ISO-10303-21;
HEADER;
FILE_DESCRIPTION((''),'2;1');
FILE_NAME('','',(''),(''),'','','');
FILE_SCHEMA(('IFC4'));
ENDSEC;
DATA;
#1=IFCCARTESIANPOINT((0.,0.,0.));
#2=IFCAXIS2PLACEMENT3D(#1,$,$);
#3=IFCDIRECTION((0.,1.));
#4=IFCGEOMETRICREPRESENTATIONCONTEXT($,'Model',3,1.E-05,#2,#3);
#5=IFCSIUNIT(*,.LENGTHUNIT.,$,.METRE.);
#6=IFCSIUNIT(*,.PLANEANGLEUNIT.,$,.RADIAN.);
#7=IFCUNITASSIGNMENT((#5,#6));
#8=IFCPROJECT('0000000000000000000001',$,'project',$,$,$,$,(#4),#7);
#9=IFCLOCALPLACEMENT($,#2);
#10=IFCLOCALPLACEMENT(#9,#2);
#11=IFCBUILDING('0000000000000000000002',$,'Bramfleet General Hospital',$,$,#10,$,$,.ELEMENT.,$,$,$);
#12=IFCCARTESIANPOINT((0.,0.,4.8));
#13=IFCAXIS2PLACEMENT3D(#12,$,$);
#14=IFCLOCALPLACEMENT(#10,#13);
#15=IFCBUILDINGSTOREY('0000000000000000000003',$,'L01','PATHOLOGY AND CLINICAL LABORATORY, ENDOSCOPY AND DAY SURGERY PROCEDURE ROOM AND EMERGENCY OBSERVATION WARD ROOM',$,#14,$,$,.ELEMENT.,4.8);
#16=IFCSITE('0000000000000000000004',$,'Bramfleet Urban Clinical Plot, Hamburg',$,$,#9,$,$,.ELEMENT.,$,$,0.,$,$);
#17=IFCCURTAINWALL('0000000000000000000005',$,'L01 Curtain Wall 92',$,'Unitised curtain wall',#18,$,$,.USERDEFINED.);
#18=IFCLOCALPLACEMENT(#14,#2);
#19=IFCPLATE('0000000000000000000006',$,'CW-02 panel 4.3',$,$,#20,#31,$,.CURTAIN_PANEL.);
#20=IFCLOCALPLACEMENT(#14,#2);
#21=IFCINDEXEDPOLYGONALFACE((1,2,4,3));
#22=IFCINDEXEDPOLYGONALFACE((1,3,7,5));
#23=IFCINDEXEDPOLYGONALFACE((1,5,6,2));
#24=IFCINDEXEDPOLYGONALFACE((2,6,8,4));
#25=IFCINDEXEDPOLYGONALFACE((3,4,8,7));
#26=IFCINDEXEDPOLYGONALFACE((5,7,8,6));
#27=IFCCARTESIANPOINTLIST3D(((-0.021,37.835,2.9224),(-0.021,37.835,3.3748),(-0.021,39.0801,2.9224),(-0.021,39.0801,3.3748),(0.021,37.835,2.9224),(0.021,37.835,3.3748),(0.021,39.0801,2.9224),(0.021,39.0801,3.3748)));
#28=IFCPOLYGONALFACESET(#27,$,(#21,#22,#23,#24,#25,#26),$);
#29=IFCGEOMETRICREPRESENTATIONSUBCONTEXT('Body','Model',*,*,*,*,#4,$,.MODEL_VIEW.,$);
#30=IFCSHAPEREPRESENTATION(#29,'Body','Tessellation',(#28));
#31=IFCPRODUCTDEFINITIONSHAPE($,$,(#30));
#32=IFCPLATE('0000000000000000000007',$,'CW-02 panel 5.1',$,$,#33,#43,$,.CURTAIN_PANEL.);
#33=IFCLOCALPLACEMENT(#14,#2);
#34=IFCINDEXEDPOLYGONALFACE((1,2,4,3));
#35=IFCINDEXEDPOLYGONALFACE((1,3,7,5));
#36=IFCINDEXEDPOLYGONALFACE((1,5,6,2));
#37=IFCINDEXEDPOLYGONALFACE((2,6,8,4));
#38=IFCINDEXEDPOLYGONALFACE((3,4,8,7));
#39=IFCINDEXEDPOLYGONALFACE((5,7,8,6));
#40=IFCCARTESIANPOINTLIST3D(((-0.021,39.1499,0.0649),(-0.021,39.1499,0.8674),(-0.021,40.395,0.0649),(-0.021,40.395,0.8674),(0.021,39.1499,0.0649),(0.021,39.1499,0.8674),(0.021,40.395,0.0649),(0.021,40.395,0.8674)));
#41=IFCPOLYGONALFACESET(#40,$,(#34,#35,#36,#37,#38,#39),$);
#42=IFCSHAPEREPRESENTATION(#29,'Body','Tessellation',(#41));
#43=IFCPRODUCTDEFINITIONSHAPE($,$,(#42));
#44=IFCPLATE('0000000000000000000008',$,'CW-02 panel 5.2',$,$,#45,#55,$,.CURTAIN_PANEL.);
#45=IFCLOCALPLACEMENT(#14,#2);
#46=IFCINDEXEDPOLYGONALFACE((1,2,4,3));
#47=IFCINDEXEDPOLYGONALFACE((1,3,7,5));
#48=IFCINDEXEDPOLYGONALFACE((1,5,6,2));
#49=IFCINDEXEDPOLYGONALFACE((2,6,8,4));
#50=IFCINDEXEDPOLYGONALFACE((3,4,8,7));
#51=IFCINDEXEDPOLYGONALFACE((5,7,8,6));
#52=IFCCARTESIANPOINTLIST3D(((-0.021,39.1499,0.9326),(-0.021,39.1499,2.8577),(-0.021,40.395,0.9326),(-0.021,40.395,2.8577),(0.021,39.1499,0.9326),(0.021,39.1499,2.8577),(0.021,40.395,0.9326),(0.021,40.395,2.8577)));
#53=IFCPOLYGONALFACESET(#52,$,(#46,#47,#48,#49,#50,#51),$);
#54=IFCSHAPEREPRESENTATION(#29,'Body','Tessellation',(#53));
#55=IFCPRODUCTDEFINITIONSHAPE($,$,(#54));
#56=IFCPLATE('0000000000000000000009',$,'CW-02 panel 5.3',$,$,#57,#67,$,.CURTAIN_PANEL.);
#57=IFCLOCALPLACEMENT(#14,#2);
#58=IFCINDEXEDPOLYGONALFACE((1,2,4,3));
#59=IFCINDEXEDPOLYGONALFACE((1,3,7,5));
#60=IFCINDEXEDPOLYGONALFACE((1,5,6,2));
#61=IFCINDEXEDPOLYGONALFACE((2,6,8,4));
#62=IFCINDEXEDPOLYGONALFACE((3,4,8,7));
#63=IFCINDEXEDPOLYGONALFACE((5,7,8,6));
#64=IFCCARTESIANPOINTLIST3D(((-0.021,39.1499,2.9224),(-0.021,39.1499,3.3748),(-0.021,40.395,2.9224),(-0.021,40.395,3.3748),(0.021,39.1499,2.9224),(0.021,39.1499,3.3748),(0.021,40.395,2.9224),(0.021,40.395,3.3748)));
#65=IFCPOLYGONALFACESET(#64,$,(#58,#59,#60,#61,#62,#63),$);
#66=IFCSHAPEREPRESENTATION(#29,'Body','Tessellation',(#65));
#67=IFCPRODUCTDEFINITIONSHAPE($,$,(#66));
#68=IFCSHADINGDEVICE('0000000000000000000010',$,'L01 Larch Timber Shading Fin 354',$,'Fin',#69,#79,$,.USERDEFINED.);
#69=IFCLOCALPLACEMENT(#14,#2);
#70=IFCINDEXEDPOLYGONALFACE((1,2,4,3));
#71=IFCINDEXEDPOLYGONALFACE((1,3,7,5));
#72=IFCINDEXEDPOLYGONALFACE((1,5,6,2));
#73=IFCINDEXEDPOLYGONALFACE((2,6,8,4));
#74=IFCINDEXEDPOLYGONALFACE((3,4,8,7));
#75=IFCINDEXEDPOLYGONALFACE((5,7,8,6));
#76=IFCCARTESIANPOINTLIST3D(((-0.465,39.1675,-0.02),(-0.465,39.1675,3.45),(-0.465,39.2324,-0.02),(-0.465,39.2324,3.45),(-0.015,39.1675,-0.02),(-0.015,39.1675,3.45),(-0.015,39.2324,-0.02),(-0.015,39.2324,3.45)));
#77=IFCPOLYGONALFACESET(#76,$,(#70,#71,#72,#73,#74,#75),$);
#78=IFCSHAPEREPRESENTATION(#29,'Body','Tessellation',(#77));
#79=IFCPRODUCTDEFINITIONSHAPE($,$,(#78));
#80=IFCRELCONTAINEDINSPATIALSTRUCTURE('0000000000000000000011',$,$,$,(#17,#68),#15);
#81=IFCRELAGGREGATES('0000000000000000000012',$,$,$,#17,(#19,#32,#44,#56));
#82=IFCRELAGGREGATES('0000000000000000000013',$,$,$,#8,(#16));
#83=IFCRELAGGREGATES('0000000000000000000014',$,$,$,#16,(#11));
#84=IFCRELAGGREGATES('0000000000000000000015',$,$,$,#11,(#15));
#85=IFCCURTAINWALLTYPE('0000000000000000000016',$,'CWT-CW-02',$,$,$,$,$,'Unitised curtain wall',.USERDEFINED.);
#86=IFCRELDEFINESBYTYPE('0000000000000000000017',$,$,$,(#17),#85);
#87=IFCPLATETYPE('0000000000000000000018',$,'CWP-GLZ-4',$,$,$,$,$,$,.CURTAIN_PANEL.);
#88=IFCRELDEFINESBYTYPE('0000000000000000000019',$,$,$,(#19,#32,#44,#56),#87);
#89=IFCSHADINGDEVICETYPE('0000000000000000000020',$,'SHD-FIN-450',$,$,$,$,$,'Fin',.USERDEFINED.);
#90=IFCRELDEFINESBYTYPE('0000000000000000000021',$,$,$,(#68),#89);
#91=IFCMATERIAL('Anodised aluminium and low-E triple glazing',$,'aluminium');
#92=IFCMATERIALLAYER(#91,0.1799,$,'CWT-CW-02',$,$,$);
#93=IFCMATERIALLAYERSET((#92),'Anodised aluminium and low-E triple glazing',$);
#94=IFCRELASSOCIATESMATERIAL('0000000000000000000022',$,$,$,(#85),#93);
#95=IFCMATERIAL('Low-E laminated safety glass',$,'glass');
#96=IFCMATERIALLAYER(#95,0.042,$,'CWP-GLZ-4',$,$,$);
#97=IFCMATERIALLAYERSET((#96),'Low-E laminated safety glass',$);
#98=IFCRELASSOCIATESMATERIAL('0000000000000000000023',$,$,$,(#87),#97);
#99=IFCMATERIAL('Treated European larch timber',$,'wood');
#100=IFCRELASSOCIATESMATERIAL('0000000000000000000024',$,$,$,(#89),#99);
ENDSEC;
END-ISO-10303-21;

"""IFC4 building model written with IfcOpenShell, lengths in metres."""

from ifc_helpers import new_model, si_unit, direction, frame, origin, origin_2d, place, context, subcontext, project, spatial, rectangle, extrude, material, layer, layer_set, material_profile, profile_set, type_object, element, aggregate, save


model = new_model("IFC4")

# Units and contexts
model_context = context("Model", 3, precision=1e-05, world=origin(), true_north=direction((0.0, 1.0)))
body_context = subcontext(model_context, "Body", "Model", "MODEL_VIEW")
ifc_project = project(units=[si_unit("LENGTHUNIT", "METRE"), si_unit("PLANEANGLEUNIT", "RADIAN")], contexts=[model_context])

# Site, building, storey
site_placement = place(None, origin())
site = spatial("IfcSite", under=ifc_project, at=site_placement, Name="Bramfleet Urban Clinical Plot, Hamburg", CompositionType="ELEMENT", RefElevation=0.0)
building_placement = place(site_placement, origin())
building = spatial("IfcBuilding", under=site, at=building_placement, Name="Bramfleet General Hospital", CompositionType="ELEMENT")
storey_placement = place(building_placement, frame((0.0, 0.0, 4.8)))
storey = spatial("IfcBuildingStorey", under=building, at=storey_placement, Name="L01", Description="PATHOLOGY AND CLINICAL LABORATORY, ENDOSCOPY AND DAY SURGERY PROCEDURE ROOM AND EMERGENCY OBSERVATION WARD ROOM", CompositionType="ELEMENT", Elevation=4.8)

# Curtain wall, plates
ifc_material_1 = material(Name="Anodised aluminium and low-E triple glazing", Category="aluminium")
ifc_layer_1 = layer(ifc_material_1, 0.1799, Name="CWT-CW-02")
ifc_layer_set_1 = layer_set([ifc_layer_1], Name="Anodised aluminium and low-E triple glazing")
curtain_wall_type = type_object("IfcCurtainWallType", Name="CWT-CW-02", ElementType="Unitised curtain wall", PredefinedType="USERDEFINED", material=ifc_layer_set_1)
curtain_wall_placement = place(storey_placement, origin())
curtain_wall = element("IfcCurtainWall", 1, at=curtain_wall_placement, inside=storey, type_object=curtain_wall_type, Name="L01 Curtain Wall 92", ObjectType="Unitised curtain wall", PredefinedType="USERDEFINED")
ifc_material_2 = material(Name="Low-E laminated safety glass", Category="glass")
ifc_layer_2 = layer(ifc_material_2, 0.042, Name="CWP-GLZ-4")
ifc_layer_set_2 = layer_set([ifc_layer_2], Name="Low-E laminated safety glass")
plate_type = type_object("IfcPlateType", Name="CWP-GLZ-4", PredefinedType="CURTAIN_PANEL", material=ifc_layer_set_2)
plate_1_placement = place(storey_placement, frame((0.0, 38.4575, 2.9224), z_axis=(0.0, 0.0, 1.0), x_axis=(0.0, 1.0, 0.0)))
plate_1 = element("IfcPlate", 2, at=plate_1_placement, type_object=plate_type, Name="CW-02 panel 4.3", PredefinedType="CURTAIN_PANEL", context=body_context, shape_type="SweptSolid", body=[
    extrude(rectangle(XDim=1.2451, YDim=0.042, at=origin_2d()), origin(), (0.0, 0.0, 1.0), 0.4524),
])
plate_2_placement = place(storey_placement, frame((0.0, 39.7725, 0.0649), z_axis=(0.0, 0.0, 1.0), x_axis=(0.0, 1.0, 0.0)))
plate_2 = element("IfcPlate", 3, at=plate_2_placement, type_object=plate_type, Name="CW-02 panel 5.1", PredefinedType="CURTAIN_PANEL", context=body_context, shape_type="SweptSolid", body=[
    extrude(rectangle(XDim=1.2451, YDim=0.042, at=origin_2d()), origin(), (0.0, 0.0, 1.0), 0.8025),
])
plate_3_placement = place(storey_placement, frame((0.0, 39.7725, 0.9326), z_axis=(0.0, 0.0, 1.0), x_axis=(0.0, 1.0, 0.0)))
plate_3 = element("IfcPlate", 4, at=plate_3_placement, type_object=plate_type, Name="CW-02 panel 5.2", PredefinedType="CURTAIN_PANEL", context=body_context, shape_type="SweptSolid", body=[
    extrude(rectangle(XDim=1.2451, YDim=0.042, at=origin_2d()), origin(), (0.0, 0.0, 1.0), 1.925),
])
plate_4_placement = place(storey_placement, frame((0.0, 39.7725, 2.9224), z_axis=(0.0, 0.0, 1.0), x_axis=(0.0, 1.0, 0.0)))
plate_4 = element("IfcPlate", 5, at=plate_4_placement, type_object=plate_type, Name="CW-02 panel 5.3", PredefinedType="CURTAIN_PANEL", context=body_context, shape_type="SweptSolid", body=[
    extrude(rectangle(XDim=1.2451, YDim=0.042, at=origin_2d()), origin(), (0.0, 0.0, 1.0), 0.4524),
])
aggregate(curtain_wall, [plate_1, plate_2, plate_3, plate_4])

# Shading device
ifc_material_3 = material(Name="Treated European larch timber", Category="wood")
ifc_material_profile_1 = material_profile(ifc_material_3, rectangle(XDim=0.0649, YDim=0.45, at=origin_2d()), Name="LARCH FIN 450x65")
ifc_profile_set_1 = profile_set([ifc_material_profile_1], Name="Treated European larch timber")
shading_device_type = type_object("IfcShadingDeviceType", Name="SHD-FIN-450", ElementType="Fin", PredefinedType="USERDEFINED", material=ifc_profile_set_1)
shading_device_placement = place(storey_placement, frame((-0.24, 39.2, -0.02), z_axis=(0.0, 0.0, 1.0), x_axis=(0.0, 1.0, 0.0)))
element("IfcShadingDevice", 6, at=shading_device_placement, inside=storey, type_object=shading_device_type, Name="L01 Larch Timber Shading Fin 354", ObjectType="Fin", PredefinedType="USERDEFINED", context=body_context, shape_type="SweptSolid", body=[
    extrude(rectangle(XDim=0.0649, YDim=0.45, at=origin_2d()), origin(), (0.0, 0.0, 1.0), 3.47),
])

save(model, "model.ifc")
